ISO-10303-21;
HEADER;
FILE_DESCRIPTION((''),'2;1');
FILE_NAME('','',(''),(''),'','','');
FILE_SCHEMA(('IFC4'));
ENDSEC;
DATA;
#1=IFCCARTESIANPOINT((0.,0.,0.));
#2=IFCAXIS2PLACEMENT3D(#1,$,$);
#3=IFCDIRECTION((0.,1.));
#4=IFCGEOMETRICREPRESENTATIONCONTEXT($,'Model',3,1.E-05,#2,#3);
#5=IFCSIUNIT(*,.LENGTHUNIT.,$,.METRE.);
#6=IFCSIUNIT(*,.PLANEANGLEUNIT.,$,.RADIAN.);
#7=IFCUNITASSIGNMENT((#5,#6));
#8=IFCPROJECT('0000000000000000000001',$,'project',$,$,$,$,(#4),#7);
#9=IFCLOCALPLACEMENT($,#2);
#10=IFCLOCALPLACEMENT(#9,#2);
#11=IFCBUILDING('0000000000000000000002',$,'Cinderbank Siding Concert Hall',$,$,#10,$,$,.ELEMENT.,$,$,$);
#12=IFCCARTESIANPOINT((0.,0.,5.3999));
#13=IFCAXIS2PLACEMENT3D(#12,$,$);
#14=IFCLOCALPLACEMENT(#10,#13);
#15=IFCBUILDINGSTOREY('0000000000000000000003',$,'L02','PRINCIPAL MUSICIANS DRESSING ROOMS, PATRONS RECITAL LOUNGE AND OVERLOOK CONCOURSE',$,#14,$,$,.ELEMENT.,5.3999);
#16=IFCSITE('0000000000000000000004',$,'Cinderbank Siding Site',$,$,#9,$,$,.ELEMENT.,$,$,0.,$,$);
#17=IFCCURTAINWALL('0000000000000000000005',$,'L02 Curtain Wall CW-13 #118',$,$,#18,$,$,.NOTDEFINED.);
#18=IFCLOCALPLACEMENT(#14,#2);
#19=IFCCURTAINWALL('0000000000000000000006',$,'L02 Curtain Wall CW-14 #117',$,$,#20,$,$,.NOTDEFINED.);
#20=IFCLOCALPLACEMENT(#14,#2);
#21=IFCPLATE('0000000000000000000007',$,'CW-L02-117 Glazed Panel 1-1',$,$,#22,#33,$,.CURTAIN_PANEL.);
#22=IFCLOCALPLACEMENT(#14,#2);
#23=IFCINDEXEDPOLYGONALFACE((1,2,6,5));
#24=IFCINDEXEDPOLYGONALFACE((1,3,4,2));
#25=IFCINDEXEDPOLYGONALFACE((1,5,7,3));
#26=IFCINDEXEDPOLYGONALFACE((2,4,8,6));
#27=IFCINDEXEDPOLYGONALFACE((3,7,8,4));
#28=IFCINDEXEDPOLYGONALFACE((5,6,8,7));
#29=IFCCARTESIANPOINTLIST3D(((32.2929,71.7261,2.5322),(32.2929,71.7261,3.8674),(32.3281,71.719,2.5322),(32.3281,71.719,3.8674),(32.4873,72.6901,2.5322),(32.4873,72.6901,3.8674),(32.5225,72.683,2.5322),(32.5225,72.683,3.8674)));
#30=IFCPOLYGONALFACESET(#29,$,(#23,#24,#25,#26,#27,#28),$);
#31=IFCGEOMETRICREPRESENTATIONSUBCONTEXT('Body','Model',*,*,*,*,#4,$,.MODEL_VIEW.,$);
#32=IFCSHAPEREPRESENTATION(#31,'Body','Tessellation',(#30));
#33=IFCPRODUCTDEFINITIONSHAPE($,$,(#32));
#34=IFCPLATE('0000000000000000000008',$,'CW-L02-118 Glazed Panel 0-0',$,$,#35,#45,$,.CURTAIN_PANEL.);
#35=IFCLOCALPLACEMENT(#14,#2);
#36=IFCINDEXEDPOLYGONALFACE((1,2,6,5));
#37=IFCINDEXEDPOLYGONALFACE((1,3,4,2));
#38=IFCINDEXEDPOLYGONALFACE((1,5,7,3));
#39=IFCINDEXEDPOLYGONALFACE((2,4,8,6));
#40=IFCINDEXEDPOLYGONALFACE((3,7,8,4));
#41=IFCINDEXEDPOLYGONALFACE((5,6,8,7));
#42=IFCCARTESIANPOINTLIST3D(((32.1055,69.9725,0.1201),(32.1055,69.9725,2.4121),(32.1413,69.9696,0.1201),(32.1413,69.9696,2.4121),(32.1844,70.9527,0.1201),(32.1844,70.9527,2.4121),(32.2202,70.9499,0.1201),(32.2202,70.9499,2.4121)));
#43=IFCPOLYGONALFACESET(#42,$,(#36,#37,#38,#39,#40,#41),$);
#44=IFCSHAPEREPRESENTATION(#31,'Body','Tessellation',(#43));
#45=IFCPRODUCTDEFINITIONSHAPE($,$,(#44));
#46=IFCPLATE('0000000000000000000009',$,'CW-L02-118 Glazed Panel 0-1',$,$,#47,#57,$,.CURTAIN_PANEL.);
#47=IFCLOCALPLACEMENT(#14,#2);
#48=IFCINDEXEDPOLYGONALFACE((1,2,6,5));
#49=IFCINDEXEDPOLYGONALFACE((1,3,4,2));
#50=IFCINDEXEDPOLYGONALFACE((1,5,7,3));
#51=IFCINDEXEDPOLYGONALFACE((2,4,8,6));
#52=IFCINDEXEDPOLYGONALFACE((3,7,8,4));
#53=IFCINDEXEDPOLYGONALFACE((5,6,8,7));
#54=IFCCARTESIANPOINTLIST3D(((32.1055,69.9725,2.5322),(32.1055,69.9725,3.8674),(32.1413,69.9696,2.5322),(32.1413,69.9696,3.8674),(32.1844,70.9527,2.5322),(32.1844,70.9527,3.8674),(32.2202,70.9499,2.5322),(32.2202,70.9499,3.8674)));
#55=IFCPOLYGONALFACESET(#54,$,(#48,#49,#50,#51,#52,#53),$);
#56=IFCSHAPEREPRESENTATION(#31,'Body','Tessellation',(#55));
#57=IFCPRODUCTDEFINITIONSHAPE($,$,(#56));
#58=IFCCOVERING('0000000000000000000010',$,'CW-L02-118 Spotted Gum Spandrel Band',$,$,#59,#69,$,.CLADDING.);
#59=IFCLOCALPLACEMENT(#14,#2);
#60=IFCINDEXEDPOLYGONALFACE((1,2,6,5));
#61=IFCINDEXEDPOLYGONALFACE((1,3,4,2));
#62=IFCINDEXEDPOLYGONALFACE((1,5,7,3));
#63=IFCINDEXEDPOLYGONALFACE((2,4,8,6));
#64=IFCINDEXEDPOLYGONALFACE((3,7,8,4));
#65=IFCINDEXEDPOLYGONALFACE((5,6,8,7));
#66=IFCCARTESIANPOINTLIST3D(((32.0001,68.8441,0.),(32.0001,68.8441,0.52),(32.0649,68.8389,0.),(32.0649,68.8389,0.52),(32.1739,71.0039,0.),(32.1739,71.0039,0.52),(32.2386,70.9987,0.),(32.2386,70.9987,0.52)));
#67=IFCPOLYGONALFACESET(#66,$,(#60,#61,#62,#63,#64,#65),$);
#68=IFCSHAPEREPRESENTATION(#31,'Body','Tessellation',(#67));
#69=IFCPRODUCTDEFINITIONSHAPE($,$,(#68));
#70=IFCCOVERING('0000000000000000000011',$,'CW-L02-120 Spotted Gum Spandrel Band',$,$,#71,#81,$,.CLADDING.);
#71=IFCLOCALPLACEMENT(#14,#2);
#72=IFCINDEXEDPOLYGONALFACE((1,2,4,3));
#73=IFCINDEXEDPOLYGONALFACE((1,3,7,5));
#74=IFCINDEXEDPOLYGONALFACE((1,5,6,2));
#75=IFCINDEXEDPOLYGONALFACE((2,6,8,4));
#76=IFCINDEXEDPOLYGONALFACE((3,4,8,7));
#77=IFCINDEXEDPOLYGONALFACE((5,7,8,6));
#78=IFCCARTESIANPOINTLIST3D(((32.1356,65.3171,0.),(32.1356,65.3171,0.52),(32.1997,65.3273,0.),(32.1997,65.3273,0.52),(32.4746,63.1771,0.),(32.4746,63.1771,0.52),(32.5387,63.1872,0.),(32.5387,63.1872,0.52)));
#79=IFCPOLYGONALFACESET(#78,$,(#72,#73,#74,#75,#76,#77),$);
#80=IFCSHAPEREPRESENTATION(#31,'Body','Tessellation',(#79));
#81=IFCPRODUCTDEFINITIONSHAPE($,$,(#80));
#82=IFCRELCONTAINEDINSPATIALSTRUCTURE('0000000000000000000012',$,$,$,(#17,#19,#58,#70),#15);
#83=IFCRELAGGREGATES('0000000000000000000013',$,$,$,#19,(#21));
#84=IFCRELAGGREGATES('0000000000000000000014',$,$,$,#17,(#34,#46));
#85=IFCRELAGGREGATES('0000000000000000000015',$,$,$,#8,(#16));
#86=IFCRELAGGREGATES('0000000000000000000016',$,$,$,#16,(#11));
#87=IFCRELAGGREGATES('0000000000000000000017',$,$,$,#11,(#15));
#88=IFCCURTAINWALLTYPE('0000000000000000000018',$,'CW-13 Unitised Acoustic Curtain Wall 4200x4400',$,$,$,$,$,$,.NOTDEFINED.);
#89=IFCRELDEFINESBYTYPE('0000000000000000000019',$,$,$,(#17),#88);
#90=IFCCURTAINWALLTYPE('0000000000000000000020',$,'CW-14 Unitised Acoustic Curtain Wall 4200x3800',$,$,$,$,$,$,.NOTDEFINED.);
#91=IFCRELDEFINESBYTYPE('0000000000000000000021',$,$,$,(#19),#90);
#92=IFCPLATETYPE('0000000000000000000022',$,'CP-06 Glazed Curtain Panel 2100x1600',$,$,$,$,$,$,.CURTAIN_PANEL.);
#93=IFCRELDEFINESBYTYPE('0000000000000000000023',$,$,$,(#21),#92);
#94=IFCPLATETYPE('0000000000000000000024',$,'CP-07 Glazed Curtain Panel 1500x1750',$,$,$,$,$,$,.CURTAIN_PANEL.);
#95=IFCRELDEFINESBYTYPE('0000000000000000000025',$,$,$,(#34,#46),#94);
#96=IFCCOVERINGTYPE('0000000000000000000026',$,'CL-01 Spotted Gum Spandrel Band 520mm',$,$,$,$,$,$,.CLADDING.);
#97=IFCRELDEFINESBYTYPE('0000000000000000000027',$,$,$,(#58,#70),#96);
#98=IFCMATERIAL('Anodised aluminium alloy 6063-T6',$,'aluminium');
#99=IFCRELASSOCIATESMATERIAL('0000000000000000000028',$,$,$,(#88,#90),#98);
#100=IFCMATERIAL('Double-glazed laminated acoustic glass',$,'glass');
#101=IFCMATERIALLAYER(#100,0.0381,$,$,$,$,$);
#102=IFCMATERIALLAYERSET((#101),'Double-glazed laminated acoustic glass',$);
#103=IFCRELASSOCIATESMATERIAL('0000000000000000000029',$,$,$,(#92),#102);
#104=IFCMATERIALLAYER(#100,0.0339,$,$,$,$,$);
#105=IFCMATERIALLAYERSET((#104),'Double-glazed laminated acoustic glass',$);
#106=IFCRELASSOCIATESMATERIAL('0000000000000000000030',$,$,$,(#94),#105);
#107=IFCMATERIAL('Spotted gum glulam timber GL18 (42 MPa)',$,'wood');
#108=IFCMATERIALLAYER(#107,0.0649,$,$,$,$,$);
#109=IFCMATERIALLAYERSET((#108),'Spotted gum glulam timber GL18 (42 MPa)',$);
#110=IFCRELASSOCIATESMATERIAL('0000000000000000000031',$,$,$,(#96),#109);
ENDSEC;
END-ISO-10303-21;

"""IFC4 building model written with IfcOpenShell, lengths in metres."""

from ifc_helpers import new_model, si_unit, direction, frame, origin, origin_2d, place, context, subcontext, project, spatial, rectangle, extrude, material, layer, layer_set, type_object, element, aggregate, save


model = new_model("IFC4")

# Units and contexts
model_context = context("Model", 3, precision=1e-05, world=origin(), true_north=direction((0.0, 1.0)))
body_context = subcontext(model_context, "Body", "Model", "MODEL_VIEW")
ifc_project = project(units=[si_unit("LENGTHUNIT", "METRE"), si_unit("PLANEANGLEUNIT", "RADIAN")], contexts=[model_context])

# Site, building, storey
site_placement = place(None, origin())
site = spatial("IfcSite", under=ifc_project, at=site_placement, Name="Cinderbank Siding Site", CompositionType="ELEMENT", RefElevation=0.0)
building_placement = place(site_placement, origin())
building = spatial("IfcBuilding", under=site, at=building_placement, Name="Cinderbank Siding Concert Hall", CompositionType="ELEMENT")
storey_placement = place(building_placement, frame((0.0, 0.0, 5.3999)))
storey = spatial("IfcBuildingStorey", under=building, at=storey_placement, Name="L02", Description="PRINCIPAL MUSICIANS DRESSING ROOMS, PATRONS RECITAL LOUNGE AND OVERLOOK CONCOURSE", CompositionType="ELEMENT", Elevation=5.3999)

# Curtain wall
ifc_material_1 = material(Name="Anodised aluminium alloy 6063-T6", Category="aluminium")
curtain_wall_type_1 = type_object("IfcCurtainWallType", Name="CW-13 Unitised Acoustic Curtain Wall 4200x4400", PredefinedType="NOTDEFINED", material=ifc_material_1)
curtain_wall_1_placement = place(storey_placement, origin())
curtain_wall_1 = element("IfcCurtainWall", 1, at=curtain_wall_1_placement, inside=storey, type_object=curtain_wall_type_1, Name="L02 Curtain Wall CW-13 #118", PredefinedType="NOTDEFINED")

# Curtain wall
curtain_wall_type_2 = type_object("IfcCurtainWallType", Name="CW-14 Unitised Acoustic Curtain Wall 4200x3800", PredefinedType="NOTDEFINED", material=ifc_material_1)
curtain_wall_2_placement = place(storey_placement, origin())
curtain_wall_2 = element("IfcCurtainWall", 2, at=curtain_wall_2_placement, inside=storey, type_object=curtain_wall_type_2, Name="L02 Curtain Wall CW-14 #117", PredefinedType="NOTDEFINED")

# Shared definitions
ifc_material_2 = material(Name="Spotted gum glulam timber GL18 (42 MPa)", Category="wood")

# Plates
ifc_material_3 = material(Name="Double-glazed laminated acoustic glass", Category="glass")
ifc_layer_1 = layer(ifc_material_3, 0.0381)
ifc_layer_set_1 = layer_set([ifc_layer_1], Name="Double-glazed laminated acoustic glass")
plate_type_1 = type_object("IfcPlateType", Name="CP-06 Glazed Curtain Panel 2100x1600", PredefinedType="CURTAIN_PANEL", material=ifc_layer_set_1)
plate_1_placement = place(storey_placement, frame((32.4077, 72.2046, 2.5322), z_axis=(0.0, 0.0, 1.0), x_axis=(-0.197636, -0.980275, 0.0)))
plate_1 = element("IfcPlate", 3, at=plate_1_placement, type_object=plate_type_1, Name="CW-L02-117 Glazed Panel 1-1", PredefinedType="CURTAIN_PANEL", context=body_context, shape_type="SweptSolid", body=[
    extrude(rectangle(XDim=0.9834, YDim=0.0359, at=origin_2d()), origin(), (0.0, 0.0, 1.0), 1.3352),
])
aggregate(curtain_wall_2, [plate_1])
ifc_layer_2 = layer(ifc_material_3, 0.0339)
ifc_layer_set_2 = layer_set([ifc_layer_2], Name="Double-glazed laminated acoustic glass")
plate_type_2 = type_object("IfcPlateType", Name="CP-07 Glazed Curtain Panel 1500x1750", PredefinedType="CURTAIN_PANEL", material=ifc_layer_set_2)
plate_2_placement = place(storey_placement, frame((32.1628, 70.4612, 0.1201), z_axis=(0.0, 0.0, 1.0), x_axis=(-0.080196, -0.996779, 0.0)))
plate_2 = element("IfcPlate", 4, at=plate_2_placement, type_object=plate_type_2, Name="CW-L02-118 Glazed Panel 0-0", PredefinedType="CURTAIN_PANEL", context=body_context, shape_type="SweptSolid", body=[
    extrude(rectangle(XDim=0.9834, YDim=0.0359, at=origin_2d()), origin(), (0.0, 0.0, 1.0), 2.292),
])
plate_3_placement = place(storey_placement, frame((32.1628, 70.4612, 2.5322), z_axis=(0.0, 0.0, 1.0), x_axis=(-0.080196, -0.996779, 0.0)))
plate_3 = element("IfcPlate", 5, at=plate_3_placement, type_object=plate_type_2, Name="CW-L02-118 Glazed Panel 0-1", PredefinedType="CURTAIN_PANEL", context=body_context, shape_type="SweptSolid", body=[
    extrude(rectangle(XDim=0.9834, YDim=0.0359, at=origin_2d()), origin(), (0.0, 0.0, 1.0), 1.3352),
])
aggregate(curtain_wall_1, [plate_2, plate_3])

# Coverings
ifc_layer_3 = layer(ifc_material_2, 0.0649)
ifc_layer_set_3 = layer_set([ifc_layer_3], Name="Spotted gum glulam timber GL18 (42 MPa)")
covering_type = type_object("IfcCoveringType", Name="CL-01 Spotted Gum Spandrel Band 520mm", PredefinedType="CLADDING", material=ifc_layer_set_3)
for number, where, z_axis, x_axis, name in (
    (6, (32.1194, 69.9214, 0.0), (0.0, 0.0, 1.0), (-0.080196, -0.996779, 0.0), "CW-L02-118 Spotted Gum Spandrel Band"),
    (7, (32.3372, 64.2522, 0.0), (0.0, 0.0, 1.0), (0.156464, -0.987684, 0.0), "CW-L02-120 Spotted Gum Spandrel Band"),
):
    element("IfcCovering", number, at=place(storey_placement, frame(where, z_axis=z_axis, x_axis=x_axis)), inside=storey, type_object=covering_type, Name=name, PredefinedType="CLADDING", context=body_context, shape_type="SweptSolid", body=[
        extrude(rectangle(XDim=2.1667, YDim=0.0649, at=origin_2d()), origin(), (0.0, 0.0, 1.0), 0.52),
    ])

save(model, "model.ifc")
